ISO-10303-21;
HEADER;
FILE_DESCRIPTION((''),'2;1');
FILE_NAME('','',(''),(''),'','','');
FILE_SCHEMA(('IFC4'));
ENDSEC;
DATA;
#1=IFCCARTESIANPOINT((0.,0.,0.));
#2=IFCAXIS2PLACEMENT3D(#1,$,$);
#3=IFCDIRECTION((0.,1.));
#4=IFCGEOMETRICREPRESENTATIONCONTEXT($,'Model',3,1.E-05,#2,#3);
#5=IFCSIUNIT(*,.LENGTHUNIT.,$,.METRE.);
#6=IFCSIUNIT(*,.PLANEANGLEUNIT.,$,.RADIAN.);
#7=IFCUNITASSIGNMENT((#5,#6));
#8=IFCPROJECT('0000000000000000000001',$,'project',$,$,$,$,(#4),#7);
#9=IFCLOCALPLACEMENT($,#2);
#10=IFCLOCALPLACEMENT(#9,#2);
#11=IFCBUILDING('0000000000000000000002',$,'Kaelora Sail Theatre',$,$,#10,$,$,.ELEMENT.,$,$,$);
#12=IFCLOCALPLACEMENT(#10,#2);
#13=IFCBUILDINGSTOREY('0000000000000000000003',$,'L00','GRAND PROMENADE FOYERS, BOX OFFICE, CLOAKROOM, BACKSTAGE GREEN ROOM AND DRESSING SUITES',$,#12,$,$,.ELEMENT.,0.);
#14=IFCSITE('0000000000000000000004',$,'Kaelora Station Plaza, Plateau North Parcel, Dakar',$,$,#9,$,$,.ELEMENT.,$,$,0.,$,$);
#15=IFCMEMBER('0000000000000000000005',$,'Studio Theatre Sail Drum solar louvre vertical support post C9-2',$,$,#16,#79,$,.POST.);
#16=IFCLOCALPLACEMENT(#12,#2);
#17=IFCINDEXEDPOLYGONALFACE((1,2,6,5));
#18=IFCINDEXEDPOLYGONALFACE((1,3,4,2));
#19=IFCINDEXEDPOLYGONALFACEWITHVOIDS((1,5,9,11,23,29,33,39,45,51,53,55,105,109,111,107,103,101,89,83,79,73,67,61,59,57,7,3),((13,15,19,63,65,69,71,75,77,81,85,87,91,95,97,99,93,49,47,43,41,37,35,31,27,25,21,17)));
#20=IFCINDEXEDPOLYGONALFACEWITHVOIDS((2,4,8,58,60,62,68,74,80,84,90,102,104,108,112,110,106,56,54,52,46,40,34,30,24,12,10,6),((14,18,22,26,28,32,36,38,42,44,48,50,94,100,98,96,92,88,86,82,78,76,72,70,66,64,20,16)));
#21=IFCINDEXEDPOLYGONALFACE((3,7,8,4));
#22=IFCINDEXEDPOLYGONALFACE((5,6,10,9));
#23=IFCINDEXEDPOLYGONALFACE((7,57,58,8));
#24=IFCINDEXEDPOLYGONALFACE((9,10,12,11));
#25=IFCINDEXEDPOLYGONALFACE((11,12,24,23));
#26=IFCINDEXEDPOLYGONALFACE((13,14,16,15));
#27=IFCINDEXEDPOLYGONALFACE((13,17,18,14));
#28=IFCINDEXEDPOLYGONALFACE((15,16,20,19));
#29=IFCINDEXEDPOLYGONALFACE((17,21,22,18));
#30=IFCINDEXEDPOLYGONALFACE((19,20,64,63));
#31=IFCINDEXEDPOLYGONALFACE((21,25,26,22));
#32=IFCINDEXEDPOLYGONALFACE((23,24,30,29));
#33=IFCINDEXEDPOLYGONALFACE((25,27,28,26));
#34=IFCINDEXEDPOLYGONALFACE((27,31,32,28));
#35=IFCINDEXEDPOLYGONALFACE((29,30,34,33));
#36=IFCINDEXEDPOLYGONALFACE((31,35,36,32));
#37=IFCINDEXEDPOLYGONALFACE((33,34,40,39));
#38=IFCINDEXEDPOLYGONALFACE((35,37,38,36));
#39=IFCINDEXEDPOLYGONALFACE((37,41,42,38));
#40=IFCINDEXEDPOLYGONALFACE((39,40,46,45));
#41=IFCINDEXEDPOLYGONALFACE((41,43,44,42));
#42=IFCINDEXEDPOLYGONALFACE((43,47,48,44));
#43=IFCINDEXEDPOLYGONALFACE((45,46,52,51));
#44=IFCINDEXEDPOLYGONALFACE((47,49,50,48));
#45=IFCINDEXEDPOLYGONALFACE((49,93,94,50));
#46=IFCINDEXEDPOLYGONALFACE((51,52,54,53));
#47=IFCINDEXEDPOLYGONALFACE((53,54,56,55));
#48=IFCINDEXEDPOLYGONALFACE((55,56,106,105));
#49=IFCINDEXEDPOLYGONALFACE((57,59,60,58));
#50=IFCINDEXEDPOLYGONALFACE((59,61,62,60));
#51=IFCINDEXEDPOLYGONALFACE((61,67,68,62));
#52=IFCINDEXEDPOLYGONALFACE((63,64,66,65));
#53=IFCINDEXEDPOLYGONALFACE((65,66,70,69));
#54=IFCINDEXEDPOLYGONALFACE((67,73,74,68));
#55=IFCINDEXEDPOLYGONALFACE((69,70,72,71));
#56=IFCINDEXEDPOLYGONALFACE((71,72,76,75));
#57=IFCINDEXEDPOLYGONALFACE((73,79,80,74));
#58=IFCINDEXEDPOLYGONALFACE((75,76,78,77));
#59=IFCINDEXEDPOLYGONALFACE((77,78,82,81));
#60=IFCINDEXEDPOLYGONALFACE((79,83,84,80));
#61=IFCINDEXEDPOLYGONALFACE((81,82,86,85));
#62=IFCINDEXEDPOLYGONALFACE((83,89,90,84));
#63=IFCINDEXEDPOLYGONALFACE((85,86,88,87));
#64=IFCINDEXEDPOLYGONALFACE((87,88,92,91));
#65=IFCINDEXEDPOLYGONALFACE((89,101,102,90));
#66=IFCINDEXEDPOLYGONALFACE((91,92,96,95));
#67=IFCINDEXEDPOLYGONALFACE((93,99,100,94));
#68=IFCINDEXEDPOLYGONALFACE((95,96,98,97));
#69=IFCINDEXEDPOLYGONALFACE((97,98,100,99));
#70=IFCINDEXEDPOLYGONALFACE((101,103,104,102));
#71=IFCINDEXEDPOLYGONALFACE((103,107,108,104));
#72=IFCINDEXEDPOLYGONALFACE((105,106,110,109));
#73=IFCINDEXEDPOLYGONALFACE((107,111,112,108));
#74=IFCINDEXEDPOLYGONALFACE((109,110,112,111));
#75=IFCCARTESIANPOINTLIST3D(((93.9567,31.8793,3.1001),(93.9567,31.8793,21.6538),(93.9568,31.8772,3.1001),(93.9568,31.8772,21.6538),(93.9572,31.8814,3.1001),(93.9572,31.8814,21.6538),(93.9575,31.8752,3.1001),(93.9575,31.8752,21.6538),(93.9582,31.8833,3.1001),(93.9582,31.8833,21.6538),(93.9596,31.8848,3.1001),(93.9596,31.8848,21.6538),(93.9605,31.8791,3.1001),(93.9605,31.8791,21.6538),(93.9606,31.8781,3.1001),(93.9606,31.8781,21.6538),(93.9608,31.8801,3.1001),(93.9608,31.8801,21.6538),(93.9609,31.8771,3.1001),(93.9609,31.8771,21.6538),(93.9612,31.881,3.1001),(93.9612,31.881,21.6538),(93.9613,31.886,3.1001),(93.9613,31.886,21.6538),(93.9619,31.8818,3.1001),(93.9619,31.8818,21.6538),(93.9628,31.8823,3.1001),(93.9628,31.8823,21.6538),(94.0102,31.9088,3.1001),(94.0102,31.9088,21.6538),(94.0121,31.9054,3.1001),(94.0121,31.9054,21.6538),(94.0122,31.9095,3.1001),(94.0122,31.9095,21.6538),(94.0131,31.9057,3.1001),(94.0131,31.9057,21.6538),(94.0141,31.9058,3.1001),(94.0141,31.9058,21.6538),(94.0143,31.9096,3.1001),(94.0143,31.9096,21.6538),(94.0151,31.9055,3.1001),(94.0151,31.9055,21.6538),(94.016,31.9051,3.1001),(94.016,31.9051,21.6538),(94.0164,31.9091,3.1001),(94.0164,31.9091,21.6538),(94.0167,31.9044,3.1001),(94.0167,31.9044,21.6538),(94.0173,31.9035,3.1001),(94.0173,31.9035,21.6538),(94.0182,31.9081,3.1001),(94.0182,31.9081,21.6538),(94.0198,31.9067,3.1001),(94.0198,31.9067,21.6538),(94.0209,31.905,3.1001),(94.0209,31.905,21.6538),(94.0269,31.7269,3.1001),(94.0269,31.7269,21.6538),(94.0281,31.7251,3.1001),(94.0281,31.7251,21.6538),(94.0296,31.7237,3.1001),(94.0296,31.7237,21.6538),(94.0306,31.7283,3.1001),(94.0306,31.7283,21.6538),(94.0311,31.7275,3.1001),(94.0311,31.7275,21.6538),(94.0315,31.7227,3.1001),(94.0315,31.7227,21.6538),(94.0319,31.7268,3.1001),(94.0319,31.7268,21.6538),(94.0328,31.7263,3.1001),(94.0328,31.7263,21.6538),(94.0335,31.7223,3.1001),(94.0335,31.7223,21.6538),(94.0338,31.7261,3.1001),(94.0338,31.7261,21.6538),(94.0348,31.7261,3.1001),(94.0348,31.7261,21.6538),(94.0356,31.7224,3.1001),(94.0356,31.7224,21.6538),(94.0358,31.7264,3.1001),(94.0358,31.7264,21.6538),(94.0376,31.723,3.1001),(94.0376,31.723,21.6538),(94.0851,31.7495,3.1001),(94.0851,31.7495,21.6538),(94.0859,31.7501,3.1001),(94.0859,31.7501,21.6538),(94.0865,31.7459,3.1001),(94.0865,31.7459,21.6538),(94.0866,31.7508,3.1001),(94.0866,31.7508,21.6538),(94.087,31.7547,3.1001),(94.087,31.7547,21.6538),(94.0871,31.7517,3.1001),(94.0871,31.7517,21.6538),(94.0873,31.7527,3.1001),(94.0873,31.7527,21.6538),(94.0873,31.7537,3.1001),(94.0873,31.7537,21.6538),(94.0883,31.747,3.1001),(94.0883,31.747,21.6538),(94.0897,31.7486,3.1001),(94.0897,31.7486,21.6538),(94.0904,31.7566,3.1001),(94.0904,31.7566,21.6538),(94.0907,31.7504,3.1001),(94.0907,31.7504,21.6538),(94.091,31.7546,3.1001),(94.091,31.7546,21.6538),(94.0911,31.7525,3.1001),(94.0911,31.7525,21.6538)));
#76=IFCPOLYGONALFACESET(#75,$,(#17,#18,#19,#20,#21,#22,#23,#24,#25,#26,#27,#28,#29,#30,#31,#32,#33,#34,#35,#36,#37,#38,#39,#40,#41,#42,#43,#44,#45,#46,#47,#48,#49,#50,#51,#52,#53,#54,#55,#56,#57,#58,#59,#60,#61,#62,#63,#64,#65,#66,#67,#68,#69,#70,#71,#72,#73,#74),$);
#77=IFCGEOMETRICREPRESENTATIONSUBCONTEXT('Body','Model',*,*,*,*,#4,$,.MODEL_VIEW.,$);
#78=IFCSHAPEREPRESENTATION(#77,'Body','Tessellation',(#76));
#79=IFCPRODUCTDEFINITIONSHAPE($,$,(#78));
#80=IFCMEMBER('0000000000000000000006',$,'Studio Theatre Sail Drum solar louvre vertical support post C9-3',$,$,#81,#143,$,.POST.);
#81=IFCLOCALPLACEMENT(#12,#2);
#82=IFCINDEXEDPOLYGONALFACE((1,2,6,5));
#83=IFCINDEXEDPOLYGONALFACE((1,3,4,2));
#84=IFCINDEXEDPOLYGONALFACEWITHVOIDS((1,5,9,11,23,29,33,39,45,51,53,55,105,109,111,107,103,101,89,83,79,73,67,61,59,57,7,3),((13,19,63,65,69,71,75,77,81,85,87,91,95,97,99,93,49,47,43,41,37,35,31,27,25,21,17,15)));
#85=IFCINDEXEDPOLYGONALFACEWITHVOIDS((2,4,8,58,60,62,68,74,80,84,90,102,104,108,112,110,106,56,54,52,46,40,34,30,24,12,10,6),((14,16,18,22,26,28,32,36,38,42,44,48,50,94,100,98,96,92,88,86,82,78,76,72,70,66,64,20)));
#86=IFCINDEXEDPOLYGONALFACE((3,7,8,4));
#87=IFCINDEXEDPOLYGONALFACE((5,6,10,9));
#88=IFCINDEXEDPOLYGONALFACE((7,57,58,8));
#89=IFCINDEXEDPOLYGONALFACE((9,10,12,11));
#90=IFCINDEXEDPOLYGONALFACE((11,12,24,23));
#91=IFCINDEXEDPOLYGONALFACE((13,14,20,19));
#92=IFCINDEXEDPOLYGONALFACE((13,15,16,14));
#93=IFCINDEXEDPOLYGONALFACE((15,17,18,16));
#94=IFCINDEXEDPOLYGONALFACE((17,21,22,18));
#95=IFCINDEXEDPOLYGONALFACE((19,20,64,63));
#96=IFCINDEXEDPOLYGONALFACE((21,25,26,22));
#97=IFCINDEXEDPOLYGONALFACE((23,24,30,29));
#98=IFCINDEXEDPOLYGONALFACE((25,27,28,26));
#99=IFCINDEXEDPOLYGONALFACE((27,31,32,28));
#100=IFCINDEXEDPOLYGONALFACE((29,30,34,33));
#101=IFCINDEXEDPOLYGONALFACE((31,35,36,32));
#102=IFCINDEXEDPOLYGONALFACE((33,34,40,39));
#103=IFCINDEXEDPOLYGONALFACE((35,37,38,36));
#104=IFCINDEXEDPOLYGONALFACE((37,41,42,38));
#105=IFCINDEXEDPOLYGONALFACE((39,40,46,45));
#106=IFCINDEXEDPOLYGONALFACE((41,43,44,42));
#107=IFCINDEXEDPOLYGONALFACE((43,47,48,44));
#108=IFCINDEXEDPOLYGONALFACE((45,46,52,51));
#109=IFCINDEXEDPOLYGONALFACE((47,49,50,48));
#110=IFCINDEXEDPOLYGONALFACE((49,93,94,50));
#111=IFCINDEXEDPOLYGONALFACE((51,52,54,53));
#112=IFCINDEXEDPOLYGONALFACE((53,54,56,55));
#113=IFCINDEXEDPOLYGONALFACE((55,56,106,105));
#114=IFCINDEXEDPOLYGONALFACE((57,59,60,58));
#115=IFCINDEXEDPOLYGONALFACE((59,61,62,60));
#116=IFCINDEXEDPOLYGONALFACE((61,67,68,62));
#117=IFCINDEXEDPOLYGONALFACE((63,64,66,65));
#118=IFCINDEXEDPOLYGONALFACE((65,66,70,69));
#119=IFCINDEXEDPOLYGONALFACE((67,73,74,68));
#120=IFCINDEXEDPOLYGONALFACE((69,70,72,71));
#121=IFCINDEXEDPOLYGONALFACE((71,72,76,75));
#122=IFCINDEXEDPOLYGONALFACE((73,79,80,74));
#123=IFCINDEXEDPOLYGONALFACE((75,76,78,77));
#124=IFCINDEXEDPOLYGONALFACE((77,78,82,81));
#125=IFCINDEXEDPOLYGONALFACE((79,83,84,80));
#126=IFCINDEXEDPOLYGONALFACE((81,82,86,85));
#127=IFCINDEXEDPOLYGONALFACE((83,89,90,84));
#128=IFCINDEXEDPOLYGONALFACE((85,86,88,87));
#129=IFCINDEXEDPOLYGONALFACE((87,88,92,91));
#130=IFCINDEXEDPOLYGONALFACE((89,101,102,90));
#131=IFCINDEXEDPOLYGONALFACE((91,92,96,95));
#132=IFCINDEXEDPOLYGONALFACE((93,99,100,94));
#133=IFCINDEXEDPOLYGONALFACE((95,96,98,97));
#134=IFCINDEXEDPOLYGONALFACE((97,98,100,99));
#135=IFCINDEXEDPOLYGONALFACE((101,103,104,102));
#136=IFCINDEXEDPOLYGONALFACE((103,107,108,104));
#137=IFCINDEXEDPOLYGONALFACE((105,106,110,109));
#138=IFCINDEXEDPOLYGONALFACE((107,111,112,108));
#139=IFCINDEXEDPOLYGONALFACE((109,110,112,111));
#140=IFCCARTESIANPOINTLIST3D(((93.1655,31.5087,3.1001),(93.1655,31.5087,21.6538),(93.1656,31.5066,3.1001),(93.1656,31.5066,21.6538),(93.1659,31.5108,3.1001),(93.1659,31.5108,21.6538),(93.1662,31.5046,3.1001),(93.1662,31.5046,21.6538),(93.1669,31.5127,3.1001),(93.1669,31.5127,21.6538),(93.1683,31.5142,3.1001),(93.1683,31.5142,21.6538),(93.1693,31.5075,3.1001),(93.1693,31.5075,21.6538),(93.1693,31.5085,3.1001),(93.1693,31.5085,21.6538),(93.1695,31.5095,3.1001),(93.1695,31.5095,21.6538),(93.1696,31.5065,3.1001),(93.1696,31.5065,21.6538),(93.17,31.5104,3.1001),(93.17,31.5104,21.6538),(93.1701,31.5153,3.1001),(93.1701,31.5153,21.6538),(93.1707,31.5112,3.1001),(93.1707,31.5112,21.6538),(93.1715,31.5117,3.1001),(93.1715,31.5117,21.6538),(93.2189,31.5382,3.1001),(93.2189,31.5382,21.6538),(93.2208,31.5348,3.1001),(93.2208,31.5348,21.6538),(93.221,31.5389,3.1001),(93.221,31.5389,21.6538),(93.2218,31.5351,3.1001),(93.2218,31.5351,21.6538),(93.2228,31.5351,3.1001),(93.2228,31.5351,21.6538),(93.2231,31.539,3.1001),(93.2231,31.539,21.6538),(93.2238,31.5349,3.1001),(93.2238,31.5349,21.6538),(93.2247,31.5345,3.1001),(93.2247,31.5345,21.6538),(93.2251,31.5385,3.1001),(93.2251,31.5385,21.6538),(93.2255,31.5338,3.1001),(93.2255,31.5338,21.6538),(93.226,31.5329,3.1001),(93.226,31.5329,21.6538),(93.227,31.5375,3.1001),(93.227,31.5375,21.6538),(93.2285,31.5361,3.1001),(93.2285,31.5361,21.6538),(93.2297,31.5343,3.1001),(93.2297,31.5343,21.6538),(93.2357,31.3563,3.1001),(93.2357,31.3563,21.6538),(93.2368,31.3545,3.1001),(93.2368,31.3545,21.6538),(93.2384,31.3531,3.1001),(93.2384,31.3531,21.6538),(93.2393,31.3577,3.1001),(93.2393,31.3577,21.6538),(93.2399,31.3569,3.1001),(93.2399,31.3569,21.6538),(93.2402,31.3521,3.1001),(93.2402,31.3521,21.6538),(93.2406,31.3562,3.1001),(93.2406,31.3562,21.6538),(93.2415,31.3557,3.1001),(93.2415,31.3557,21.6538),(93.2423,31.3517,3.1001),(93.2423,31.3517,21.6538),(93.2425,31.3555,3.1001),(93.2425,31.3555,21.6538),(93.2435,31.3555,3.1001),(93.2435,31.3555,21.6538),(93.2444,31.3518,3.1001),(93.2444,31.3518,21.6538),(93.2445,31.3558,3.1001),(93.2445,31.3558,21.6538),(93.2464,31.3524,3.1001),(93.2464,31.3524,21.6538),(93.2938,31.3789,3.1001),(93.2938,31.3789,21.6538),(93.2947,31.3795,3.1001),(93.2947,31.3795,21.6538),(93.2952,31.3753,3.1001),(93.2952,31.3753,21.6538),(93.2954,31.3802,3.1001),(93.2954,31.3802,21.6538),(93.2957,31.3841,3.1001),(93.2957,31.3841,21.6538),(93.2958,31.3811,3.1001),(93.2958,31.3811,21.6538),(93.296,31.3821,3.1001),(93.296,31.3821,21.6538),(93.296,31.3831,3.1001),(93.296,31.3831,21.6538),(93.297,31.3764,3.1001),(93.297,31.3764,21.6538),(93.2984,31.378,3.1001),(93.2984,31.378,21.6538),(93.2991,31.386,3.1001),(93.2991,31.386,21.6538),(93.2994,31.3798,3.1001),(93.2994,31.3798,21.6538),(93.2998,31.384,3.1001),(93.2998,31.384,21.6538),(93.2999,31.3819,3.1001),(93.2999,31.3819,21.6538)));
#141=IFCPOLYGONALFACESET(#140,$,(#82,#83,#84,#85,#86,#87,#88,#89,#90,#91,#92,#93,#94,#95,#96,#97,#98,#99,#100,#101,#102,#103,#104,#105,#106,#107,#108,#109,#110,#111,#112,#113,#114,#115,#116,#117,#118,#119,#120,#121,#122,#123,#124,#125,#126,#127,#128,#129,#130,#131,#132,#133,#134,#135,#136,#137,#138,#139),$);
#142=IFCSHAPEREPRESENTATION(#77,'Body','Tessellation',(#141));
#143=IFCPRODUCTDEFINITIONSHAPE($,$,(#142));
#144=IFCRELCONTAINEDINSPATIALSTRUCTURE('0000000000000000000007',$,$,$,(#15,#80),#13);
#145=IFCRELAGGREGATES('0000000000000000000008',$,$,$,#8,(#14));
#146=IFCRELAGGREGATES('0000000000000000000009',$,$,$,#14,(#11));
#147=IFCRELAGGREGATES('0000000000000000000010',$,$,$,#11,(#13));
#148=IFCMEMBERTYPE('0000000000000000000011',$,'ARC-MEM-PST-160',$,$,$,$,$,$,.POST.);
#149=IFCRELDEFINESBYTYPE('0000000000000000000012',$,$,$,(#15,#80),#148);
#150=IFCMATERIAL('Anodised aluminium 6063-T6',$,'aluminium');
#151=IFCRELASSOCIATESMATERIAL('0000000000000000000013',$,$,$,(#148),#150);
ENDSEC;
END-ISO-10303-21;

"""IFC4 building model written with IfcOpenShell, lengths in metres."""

from ifc_helpers import new_model, si_unit, direction, frame, origin, origin_2d, place, context, subcontext, project, spatial, hollow_rectangle, extrude, material, material_profile, profile_set, type_object, element, save


model = new_model("IFC4")

# Units and contexts
model_context = context("Model", 3, precision=1e-05, world=origin(), true_north=direction((0.0, 1.0)))
body_context = subcontext(model_context, "Body", "Model", "MODEL_VIEW")
ifc_project = project(units=[si_unit("LENGTHUNIT", "METRE"), si_unit("PLANEANGLEUNIT", "RADIAN")], contexts=[model_context])

# Site, building, storey
site_placement = place(None, origin())
site = spatial("IfcSite", under=ifc_project, at=site_placement, Name="Kaelora Station Plaza, Plateau North Parcel, Dakar", CompositionType="ELEMENT", RefElevation=0.0)
building_placement = place(site_placement, origin())
building = spatial("IfcBuilding", under=site, at=building_placement, Name="Kaelora Sail Theatre", CompositionType="ELEMENT")
storey_placement = place(building_placement, origin())
storey = spatial("IfcBuildingStorey", under=building, at=storey_placement, Name="L00", Description="GRAND PROMENADE FOYERS, BOX OFFICE, CLOAKROOM, BACKSTAGE GREEN ROOM AND DRESSING SUITES", CompositionType="ELEMENT", Elevation=0.0)

# Members
ifc_material_1 = material(Name="Anodised aluminium 6063-T6", Category="aluminium")
ifc_material_profile_1 = material_profile(ifc_material_1, hollow_rectangle(XDim=0.0701, YDim=0.1799, WallThickness=0.0039, InnerFilletRadius=0.0039, OuterFilletRadius=0.0081, at=origin_2d()), Name="ALU-MULL 70x180x4")
ifc_profile_set_1 = profile_set([ifc_material_profile_1], Name="Anodised aluminium 6063-T6")
member_type_1 = type_object("IfcMemberType", Name="ARC-MEM-PST-160", PredefinedType="POST", material=ifc_profile_set_1)
for number, where, z_axis, x_axis, name in (
    (1, (94.0239, 31.8159, 3.1001), (0.0, 0.0, 1.0), (-0.905643, -0.424041, 0.0), "Studio Theatre Sail Drum solar louvre vertical support post C9-2"),
    (2, (93.2327, 31.4453, 3.1001), (0.0, 0.0, 1.0), (-0.905643, -0.424041, 0.0), "Studio Theatre Sail Drum solar louvre vertical support post C9-3"),
):
    element("IfcMember", number, at=place(storey_placement, frame(where, z_axis=z_axis, x_axis=x_axis)), inside=storey, type_object=member_type_1, Name=name, PredefinedType="POST", context=body_context, shape_type="SweptSolid", body=[
        extrude(hollow_rectangle(XDim=0.0701, YDim=0.1799, WallThickness=0.0039, InnerFilletRadius=0.0039, OuterFilletRadius=0.0081, at=origin_2d()), origin(), (0.0, 0.0, 1.0), 18.5537),
    ])

save(model, "model.ifc")
